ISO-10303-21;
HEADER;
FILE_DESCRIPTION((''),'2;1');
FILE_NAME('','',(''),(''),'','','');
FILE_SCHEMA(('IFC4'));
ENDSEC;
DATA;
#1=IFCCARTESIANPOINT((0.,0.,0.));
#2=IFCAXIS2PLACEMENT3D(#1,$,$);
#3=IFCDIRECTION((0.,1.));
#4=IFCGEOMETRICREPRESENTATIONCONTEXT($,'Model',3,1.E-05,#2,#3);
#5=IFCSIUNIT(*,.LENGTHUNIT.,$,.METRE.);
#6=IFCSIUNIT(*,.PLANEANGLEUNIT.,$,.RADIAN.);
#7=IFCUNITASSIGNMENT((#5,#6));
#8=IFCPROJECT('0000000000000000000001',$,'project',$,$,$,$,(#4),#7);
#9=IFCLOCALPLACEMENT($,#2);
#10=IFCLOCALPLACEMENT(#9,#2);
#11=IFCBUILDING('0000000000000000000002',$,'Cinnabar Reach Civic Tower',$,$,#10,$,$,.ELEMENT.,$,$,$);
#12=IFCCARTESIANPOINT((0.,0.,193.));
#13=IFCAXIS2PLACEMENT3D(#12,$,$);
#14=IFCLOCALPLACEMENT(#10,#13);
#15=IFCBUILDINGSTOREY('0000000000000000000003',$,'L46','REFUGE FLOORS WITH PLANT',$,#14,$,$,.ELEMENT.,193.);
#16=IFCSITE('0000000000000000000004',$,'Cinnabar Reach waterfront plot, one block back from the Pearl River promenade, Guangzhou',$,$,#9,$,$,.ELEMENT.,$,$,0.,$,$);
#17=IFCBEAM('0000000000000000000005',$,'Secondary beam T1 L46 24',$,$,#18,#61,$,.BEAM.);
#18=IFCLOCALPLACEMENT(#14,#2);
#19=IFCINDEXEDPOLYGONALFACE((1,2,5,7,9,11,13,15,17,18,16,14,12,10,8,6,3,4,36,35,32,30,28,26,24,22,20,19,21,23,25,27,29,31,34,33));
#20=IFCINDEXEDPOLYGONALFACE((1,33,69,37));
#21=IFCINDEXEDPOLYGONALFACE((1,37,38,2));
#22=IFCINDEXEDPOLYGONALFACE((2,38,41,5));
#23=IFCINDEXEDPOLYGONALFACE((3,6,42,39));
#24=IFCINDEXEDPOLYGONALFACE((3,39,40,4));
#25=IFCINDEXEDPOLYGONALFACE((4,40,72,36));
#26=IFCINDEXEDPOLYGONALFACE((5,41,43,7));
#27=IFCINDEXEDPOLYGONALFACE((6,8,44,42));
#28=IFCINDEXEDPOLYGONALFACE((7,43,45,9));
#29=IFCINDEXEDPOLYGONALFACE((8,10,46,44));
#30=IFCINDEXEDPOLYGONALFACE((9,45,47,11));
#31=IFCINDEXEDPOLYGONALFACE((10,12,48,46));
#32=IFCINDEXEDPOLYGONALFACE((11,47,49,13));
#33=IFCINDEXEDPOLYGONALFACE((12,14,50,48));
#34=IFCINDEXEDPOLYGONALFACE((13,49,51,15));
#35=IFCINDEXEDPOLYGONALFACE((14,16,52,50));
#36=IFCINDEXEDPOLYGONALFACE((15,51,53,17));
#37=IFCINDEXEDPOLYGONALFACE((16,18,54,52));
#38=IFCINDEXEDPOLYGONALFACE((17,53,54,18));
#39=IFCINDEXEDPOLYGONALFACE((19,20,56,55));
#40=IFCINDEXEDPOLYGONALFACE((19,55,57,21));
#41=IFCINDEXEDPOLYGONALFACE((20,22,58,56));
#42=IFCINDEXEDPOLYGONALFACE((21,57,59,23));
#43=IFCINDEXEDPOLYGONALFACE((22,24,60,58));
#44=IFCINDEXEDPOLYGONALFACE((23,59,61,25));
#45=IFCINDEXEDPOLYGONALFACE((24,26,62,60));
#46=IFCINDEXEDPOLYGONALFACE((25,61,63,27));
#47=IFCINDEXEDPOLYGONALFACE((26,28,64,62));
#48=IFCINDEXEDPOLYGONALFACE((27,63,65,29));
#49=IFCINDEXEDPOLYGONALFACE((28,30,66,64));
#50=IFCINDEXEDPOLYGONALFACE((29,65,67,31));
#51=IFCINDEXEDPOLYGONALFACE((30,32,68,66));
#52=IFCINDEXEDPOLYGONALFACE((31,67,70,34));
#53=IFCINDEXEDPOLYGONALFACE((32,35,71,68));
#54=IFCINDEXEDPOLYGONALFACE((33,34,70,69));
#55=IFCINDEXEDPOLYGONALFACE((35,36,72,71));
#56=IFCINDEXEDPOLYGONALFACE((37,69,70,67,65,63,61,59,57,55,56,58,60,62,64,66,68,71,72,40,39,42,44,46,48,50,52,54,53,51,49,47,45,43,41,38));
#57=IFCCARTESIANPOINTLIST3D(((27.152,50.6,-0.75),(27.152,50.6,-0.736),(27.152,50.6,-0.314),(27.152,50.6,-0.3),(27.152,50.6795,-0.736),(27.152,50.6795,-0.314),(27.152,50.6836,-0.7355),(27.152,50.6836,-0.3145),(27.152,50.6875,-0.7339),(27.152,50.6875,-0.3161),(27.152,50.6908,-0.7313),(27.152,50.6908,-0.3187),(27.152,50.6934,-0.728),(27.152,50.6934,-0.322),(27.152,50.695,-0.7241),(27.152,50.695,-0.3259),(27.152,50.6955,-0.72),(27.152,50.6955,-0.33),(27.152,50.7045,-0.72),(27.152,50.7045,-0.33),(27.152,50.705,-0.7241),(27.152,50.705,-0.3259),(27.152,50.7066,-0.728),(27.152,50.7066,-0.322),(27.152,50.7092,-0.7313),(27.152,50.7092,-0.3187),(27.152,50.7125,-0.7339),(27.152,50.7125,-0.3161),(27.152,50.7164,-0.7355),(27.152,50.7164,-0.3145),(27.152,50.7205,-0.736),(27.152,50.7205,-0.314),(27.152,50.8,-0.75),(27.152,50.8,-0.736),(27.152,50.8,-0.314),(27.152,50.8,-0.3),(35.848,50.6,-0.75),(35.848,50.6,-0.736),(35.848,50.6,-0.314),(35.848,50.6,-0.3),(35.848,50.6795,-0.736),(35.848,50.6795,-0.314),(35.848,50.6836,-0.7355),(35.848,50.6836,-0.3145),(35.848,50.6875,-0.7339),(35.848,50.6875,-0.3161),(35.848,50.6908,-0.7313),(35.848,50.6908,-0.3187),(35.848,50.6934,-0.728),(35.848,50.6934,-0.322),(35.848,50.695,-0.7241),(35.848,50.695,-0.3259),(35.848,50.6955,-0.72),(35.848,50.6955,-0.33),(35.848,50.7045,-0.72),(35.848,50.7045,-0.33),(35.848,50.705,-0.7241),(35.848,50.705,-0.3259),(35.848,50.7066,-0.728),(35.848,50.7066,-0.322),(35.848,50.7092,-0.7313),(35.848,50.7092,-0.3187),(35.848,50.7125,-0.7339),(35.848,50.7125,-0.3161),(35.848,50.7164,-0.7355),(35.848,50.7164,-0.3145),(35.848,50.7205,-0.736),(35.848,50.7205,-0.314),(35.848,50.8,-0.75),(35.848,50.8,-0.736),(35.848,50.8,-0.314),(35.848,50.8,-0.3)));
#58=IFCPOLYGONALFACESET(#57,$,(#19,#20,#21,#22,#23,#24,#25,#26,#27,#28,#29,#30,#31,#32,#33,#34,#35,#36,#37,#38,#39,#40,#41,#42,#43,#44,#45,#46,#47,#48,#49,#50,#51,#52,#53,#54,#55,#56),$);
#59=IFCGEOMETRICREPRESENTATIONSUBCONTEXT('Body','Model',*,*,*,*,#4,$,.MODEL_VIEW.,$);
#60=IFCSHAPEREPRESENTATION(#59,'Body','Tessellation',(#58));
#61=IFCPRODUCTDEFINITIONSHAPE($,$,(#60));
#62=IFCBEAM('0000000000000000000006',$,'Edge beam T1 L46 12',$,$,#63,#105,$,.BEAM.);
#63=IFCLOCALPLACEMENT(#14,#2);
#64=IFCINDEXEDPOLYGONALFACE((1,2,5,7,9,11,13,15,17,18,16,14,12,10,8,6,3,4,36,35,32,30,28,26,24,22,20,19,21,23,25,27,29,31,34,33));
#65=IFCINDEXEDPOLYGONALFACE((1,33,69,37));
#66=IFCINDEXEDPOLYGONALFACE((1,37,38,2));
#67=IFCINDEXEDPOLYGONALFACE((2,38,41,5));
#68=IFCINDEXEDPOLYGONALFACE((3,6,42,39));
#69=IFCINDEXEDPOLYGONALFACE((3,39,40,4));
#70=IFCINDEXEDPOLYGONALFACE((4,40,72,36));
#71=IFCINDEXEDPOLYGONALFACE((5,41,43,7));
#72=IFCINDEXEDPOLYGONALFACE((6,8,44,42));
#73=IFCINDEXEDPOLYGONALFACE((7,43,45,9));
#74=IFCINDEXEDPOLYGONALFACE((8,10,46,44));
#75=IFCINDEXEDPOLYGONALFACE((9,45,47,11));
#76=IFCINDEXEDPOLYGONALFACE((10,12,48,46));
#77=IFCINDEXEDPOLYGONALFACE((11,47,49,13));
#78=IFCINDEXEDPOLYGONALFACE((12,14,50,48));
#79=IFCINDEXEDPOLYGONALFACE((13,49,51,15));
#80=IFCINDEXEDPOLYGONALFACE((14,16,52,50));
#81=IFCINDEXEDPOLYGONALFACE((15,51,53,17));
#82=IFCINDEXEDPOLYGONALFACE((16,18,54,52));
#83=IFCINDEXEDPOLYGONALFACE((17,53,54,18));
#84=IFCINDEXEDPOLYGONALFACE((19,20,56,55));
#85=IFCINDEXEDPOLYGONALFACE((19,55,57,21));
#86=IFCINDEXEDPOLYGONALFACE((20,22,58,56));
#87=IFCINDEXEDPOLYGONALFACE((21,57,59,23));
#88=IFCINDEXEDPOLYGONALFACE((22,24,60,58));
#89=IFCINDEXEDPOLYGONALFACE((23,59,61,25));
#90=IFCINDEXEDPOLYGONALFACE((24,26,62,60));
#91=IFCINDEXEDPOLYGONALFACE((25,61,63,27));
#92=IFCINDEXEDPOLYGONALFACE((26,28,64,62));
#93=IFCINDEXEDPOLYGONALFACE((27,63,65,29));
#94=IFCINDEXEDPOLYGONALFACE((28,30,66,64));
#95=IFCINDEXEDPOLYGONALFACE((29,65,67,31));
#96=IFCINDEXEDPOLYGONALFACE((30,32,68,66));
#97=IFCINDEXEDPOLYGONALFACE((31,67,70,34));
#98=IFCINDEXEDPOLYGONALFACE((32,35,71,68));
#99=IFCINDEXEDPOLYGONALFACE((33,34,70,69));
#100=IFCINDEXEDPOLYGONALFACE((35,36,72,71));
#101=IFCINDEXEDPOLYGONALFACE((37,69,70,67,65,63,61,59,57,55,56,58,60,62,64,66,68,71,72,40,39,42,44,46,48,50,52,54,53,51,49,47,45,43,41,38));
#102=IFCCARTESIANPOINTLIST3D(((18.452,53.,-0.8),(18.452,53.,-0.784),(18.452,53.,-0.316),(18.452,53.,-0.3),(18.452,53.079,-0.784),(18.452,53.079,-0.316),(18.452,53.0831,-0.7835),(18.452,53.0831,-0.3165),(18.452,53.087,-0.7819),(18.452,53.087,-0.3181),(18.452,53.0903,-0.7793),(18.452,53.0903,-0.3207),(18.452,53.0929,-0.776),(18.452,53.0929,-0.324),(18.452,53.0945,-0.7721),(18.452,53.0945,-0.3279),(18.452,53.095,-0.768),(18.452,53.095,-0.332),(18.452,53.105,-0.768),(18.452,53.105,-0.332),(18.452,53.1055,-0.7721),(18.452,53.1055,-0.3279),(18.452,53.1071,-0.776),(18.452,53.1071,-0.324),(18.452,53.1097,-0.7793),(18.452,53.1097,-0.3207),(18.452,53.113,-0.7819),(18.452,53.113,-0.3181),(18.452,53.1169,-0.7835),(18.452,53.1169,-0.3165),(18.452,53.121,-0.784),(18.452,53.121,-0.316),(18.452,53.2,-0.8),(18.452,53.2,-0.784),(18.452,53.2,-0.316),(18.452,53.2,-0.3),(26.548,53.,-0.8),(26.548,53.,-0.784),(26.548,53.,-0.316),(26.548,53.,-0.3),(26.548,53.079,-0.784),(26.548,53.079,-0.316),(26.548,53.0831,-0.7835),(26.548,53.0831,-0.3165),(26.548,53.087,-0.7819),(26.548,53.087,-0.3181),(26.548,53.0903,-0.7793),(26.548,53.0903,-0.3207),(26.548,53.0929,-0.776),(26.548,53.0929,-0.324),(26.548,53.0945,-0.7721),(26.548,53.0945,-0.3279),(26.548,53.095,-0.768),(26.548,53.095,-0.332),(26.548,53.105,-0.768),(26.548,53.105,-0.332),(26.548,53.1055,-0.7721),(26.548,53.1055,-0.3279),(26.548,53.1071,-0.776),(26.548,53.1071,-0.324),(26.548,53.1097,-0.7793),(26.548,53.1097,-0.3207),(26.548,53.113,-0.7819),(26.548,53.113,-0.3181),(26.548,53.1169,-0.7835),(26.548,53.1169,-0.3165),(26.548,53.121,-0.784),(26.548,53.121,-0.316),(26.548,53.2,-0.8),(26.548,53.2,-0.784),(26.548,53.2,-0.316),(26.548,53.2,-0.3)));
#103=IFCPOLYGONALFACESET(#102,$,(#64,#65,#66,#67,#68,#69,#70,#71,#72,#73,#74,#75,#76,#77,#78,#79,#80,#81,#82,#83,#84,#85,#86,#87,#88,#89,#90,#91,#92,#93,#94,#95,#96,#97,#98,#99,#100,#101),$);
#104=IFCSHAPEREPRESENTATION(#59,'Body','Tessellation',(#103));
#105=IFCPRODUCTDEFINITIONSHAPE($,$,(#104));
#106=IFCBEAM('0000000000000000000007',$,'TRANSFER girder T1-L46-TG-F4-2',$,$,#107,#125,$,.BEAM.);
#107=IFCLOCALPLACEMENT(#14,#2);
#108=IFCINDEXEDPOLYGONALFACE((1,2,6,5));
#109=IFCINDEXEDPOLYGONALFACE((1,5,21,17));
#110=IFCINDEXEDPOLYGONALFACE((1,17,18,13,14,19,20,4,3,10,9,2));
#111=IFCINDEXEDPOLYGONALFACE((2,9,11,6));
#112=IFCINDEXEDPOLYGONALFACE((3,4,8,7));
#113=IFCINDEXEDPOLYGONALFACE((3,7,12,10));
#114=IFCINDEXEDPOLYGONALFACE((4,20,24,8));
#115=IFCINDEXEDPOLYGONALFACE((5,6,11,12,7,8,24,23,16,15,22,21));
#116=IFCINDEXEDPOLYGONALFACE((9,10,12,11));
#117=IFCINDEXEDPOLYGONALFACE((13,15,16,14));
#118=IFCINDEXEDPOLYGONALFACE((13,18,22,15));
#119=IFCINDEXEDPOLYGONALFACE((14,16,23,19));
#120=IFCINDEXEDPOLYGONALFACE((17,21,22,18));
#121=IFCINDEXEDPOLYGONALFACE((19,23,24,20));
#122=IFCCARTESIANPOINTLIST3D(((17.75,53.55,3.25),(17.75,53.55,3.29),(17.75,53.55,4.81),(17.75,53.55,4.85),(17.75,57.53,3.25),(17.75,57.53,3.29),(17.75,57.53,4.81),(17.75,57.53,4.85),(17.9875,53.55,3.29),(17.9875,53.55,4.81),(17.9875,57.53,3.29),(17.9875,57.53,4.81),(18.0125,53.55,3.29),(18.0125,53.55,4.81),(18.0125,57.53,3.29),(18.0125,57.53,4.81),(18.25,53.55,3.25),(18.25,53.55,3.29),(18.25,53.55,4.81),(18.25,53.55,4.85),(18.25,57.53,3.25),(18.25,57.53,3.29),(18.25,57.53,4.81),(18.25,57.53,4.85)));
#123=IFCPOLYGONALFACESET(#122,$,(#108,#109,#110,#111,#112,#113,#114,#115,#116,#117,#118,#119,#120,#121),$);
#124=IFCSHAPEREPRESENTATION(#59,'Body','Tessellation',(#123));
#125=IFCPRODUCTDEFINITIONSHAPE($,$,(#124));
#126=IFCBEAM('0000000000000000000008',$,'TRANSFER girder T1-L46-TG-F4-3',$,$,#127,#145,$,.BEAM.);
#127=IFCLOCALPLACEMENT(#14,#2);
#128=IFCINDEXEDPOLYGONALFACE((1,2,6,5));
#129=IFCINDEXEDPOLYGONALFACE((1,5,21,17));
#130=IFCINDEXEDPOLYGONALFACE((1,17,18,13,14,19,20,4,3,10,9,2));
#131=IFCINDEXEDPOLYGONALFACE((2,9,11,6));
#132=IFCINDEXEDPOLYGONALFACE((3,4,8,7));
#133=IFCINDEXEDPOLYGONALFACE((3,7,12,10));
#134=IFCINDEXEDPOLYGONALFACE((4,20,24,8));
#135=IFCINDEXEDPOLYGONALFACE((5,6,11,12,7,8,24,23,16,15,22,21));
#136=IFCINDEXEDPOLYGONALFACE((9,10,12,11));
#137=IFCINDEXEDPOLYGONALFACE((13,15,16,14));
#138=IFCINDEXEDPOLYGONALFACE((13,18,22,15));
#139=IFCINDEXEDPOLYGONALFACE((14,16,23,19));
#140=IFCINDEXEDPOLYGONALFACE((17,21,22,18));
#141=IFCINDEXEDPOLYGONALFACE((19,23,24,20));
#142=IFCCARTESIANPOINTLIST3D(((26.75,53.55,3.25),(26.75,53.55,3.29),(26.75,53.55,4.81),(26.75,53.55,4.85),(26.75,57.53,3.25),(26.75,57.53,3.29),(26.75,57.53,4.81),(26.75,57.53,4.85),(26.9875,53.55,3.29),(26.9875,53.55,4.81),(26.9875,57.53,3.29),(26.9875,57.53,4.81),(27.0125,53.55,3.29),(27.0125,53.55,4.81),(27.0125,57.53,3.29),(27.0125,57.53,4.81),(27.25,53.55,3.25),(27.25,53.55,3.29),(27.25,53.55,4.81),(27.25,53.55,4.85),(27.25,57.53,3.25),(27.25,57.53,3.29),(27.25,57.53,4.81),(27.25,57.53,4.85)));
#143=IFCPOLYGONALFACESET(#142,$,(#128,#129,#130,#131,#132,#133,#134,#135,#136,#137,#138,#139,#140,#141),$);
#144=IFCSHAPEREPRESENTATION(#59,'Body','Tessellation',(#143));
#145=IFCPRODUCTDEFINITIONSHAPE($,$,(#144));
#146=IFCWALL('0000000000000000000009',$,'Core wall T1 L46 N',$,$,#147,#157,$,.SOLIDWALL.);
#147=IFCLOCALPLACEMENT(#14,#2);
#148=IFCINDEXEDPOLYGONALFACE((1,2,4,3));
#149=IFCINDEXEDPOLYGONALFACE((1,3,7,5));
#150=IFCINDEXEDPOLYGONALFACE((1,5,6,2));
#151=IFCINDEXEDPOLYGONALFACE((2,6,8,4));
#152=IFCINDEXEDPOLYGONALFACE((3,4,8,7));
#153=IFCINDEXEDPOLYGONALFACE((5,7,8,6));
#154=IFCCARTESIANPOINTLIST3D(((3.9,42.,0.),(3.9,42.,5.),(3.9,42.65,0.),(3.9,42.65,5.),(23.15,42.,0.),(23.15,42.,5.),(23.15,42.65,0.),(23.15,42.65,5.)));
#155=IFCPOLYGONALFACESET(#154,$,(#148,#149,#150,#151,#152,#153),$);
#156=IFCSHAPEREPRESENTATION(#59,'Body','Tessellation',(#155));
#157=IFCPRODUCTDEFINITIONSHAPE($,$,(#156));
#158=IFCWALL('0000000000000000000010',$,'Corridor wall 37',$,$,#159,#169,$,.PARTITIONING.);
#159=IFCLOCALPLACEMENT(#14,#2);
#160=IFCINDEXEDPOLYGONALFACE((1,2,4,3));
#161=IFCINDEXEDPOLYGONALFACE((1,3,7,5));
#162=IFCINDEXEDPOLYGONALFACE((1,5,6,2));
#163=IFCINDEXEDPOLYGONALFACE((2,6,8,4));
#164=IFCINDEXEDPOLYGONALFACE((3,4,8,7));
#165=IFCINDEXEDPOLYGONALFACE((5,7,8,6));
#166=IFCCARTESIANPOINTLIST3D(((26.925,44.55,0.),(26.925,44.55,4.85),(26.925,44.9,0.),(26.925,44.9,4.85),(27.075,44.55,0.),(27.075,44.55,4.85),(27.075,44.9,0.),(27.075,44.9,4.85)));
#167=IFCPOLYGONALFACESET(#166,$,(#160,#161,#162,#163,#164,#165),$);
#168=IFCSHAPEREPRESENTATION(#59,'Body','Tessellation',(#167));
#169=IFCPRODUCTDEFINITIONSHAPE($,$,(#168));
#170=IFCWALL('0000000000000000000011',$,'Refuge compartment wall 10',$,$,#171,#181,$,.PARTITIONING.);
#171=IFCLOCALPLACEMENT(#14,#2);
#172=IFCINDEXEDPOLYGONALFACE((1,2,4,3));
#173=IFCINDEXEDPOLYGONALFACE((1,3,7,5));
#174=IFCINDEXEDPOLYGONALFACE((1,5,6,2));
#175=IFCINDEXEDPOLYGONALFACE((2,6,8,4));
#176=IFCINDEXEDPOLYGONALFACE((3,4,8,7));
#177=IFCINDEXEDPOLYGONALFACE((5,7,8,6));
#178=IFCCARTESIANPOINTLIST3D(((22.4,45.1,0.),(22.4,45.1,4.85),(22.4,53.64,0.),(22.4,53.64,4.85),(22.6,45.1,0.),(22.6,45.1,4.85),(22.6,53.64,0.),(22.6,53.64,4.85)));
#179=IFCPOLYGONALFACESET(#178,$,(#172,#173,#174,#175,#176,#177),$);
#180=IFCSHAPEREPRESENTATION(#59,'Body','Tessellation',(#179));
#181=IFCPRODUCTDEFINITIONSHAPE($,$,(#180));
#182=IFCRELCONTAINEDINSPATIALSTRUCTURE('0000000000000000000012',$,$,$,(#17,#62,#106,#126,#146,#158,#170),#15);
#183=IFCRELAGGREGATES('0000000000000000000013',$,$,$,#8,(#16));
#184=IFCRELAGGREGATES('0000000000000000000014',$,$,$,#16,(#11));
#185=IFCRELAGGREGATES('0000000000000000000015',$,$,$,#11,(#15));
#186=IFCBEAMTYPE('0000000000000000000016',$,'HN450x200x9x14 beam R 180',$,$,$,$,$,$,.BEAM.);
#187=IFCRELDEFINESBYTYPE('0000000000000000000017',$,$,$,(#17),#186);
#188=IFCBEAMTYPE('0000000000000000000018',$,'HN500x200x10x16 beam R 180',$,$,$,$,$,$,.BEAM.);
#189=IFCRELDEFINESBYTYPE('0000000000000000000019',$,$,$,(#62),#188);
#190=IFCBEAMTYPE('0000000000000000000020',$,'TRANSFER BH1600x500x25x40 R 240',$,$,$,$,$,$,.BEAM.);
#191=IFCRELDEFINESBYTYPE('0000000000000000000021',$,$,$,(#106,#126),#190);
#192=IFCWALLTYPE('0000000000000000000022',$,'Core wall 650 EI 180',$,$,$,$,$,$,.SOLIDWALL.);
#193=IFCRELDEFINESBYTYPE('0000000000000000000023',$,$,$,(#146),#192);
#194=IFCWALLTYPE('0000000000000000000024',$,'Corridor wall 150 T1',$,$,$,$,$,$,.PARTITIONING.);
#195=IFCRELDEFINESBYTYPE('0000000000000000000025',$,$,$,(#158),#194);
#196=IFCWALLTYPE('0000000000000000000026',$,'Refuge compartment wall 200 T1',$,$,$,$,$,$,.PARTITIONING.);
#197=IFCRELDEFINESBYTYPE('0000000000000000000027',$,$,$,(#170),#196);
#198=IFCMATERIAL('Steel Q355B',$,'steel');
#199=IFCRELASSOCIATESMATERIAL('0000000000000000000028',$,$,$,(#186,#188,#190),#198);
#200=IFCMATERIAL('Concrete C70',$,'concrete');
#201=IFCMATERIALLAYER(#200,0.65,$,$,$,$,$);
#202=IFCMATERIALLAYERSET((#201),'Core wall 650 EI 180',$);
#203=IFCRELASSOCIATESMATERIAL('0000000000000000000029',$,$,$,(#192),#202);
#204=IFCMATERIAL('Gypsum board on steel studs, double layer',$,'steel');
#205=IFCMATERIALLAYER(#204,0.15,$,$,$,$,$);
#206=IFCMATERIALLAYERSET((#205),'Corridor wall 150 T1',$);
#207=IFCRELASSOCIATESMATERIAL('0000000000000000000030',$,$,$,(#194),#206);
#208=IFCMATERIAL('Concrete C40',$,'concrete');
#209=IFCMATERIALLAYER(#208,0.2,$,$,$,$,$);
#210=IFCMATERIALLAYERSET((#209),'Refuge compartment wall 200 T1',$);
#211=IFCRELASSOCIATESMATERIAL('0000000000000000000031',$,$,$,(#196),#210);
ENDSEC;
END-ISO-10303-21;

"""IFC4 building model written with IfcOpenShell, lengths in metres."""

from ifc_helpers import new_model, si_unit, direction, frame, frame_2d, origin, origin_2d, place, context, subcontext, project, spatial, rectangle, i_section, extrude, material, layer, layer_set, material_profile, profile_set, type_object, element, save


model = new_model("IFC4")

# Units and contexts
model_context = context("Model", 3, precision=1e-05, world=origin(), true_north=direction((0.0, 1.0)))
body_context = subcontext(model_context, "Body", "Model", "MODEL_VIEW")
ifc_project = project(units=[si_unit("LENGTHUNIT", "METRE"), si_unit("PLANEANGLEUNIT", "RADIAN")], contexts=[model_context])

# Site, building, storey
site_placement = place(None, origin())
site = spatial("IfcSite", under=ifc_project, at=site_placement, Name="Cinnabar Reach waterfront plot, one block back from the Pearl River promenade, Guangzhou", CompositionType="ELEMENT", RefElevation=0.0)
building_placement = place(site_placement, origin())
building = spatial("IfcBuilding", under=site, at=building_placement, Name="Cinnabar Reach Civic Tower", CompositionType="ELEMENT")
storey_placement = place(building_placement, frame((0.0, 0.0, 193.0)))
storey = spatial("IfcBuildingStorey", under=building, at=storey_placement, Name="L46", Description="REFUGE FLOORS WITH PLANT", CompositionType="ELEMENT", Elevation=193.0)

# Shared definitions
ifc_material_1 = material(Name="Concrete C70", Category="concrete")

# Beams
ifc_material_2 = material(Name="Steel Q355B", Category="steel")
ifc_material_profile_1 = material_profile(ifc_material_2, i_section(OverallWidth=0.2, OverallDepth=0.45, WebThickness=0.009, FlangeThickness=0.014, FilletRadius=0.016, at=origin_2d()), Name="HN450x200x9x14")
ifc_profile_set_1 = profile_set([ifc_material_profile_1], Name="Steel Q355B")
beam_type_1 = type_object("IfcBeamType", Name="HN450x200x9x14 beam R 180", PredefinedType="BEAM", material=ifc_profile_set_1)
for number, where, z_axis, x_axis, name in (
    (1, (27.152, 50.7, -0.525), (1.0, 0.0, 0.0), (0.0, 1.0, 0.0), "Secondary beam T1 L46 24"),
):
    element("IfcBeam", number, at=place(storey_placement, frame(where, z_axis=z_axis, x_axis=x_axis)), inside=storey, type_object=beam_type_1, Name=name, PredefinedType="BEAM", context=body_context, shape_type="SweptSolid", body=[
        extrude(i_section(OverallWidth=0.2, OverallDepth=0.45, WebThickness=0.009, FlangeThickness=0.014, FilletRadius=0.016, at=origin_2d()), origin(), (0.0, 0.0, 1.0), 8.696),
    ])
ifc_material_profile_2 = material_profile(ifc_material_2, i_section(OverallWidth=0.2, OverallDepth=0.5, WebThickness=0.01, FlangeThickness=0.016, FilletRadius=0.016, at=origin_2d()), Name="HN500x200x10x16")
ifc_profile_set_2 = profile_set([ifc_material_profile_2], Name="Steel Q355B")
beam_type_2 = type_object("IfcBeamType", Name="HN500x200x10x16 beam R 180", PredefinedType="BEAM", material=ifc_profile_set_2)
beam_1_placement = place(storey_placement, frame((26.548, 53.1, -0.55), z_axis=(-1.0, 0.0, 0.0), x_axis=(0.0, -1.0, 0.0)))
element("IfcBeam", 2, at=beam_1_placement, inside=storey, type_object=beam_type_2, Name="Edge beam T1 L46 12", PredefinedType="BEAM", context=body_context, shape_type="SweptSolid", body=[
    extrude(i_section(OverallWidth=0.2, OverallDepth=0.5, WebThickness=0.01, FlangeThickness=0.016, FilletRadius=0.016, at=origin_2d()), origin(), (0.0, 0.0, 1.0), 8.096),
])
ifc_material_profile_3 = material_profile(ifc_material_2, i_section(OverallWidth=0.5, OverallDepth=1.6, WebThickness=0.025, FlangeThickness=0.04, at=origin_2d()), Name="BH1600x500x25x40")
ifc_profile_set_3 = profile_set([ifc_material_profile_3], Name="Steel Q355B")
beam_type_3 = type_object("IfcBeamType", Name="TRANSFER BH1600x500x25x40 R 240", PredefinedType="BEAM", material=ifc_profile_set_3)
for number, where, z_axis, x_axis, name in (
    (3, (18.0, 53.55, 4.05), (0.0, 1.0, 0.0), (-1.0, 0.0, 0.0), "TRANSFER girder T1-L46-TG-F4-2"),
    (4, (27.0, 53.55, 4.05), (0.0, 1.0, 0.0), (-1.0, 0.0, 0.0), "TRANSFER girder T1-L46-TG-F4-3"),
):
    element("IfcBeam", number, at=place(storey_placement, frame(where, z_axis=z_axis, x_axis=x_axis)), inside=storey, type_object=beam_type_3, Name=name, PredefinedType="BEAM", context=body_context, shape_type="SweptSolid", body=[
        extrude(i_section(OverallWidth=0.5, OverallDepth=1.6, WebThickness=0.025, FlangeThickness=0.04, at=origin_2d()), origin(), (0.0, 0.0, 1.0), 3.98),
    ])

# Walls
ifc_layer_1 = layer(ifc_material_1, 0.65)
ifc_layer_set_1 = layer_set([ifc_layer_1], Name="Core wall 650 EI 180")
wall_type_1 = type_object("IfcWallType", Name="Core wall 650 EI 180", PredefinedType="SOLIDWALL", material=ifc_layer_set_1)
wall_1_placement = place(storey_placement, frame((23.15, 42.325, 0.0), z_axis=(0.0, 0.0, 1.0), x_axis=(-1.0, 0.0, 0.0)))
element("IfcWall", 5, at=wall_1_placement, inside=storey, type_object=wall_type_1, Name="Core wall T1 L46 N", PredefinedType="SOLIDWALL", context=body_context, shape_type="SweptSolid", body=[
    extrude(rectangle(XDim=19.25, YDim=0.65, at=frame_2d((9.625, 0.0))), origin(), (0.0, 0.0, 1.0), 5.0),
])
ifc_material_3 = material(Name="Gypsum board on steel studs, double layer", Category="steel")
ifc_layer_2 = layer(ifc_material_3, 0.15)
ifc_layer_set_2 = layer_set([ifc_layer_2], Name="Corridor wall 150 T1")
wall_type_2 = type_object("IfcWallType", Name="Corridor wall 150 T1", PredefinedType="PARTITIONING", material=ifc_layer_set_2)
wall_2_placement = place(storey_placement, frame((27.0, 44.55, 0.0), z_axis=(0.0, 0.0, 1.0), x_axis=(0.0, 1.0, 0.0)))
element("IfcWall", 6, at=wall_2_placement, inside=storey, type_object=wall_type_2, Name="Corridor wall 37", PredefinedType="PARTITIONING", context=body_context, shape_type="SweptSolid", body=[
    extrude(rectangle(XDim=0.35, YDim=0.15, at=frame_2d((0.175, 0.0))), origin(), (0.0, 0.0, 1.0), 4.85),
])
ifc_material_4 = material(Name="Concrete C40", Category="concrete")
ifc_layer_3 = layer(ifc_material_4, 0.2)
ifc_layer_set_3 = layer_set([ifc_layer_3], Name="Refuge compartment wall 200 T1")
wall_type_3 = type_object("IfcWallType", Name="Refuge compartment wall 200 T1", PredefinedType="PARTITIONING", material=ifc_layer_set_3)
wall_3_placement = place(storey_placement, frame((22.5, 45.1, 0.0), z_axis=(0.0, 0.0, 1.0), x_axis=(0.0, 1.0, 0.0)))
element("IfcWall", 7, at=wall_3_placement, inside=storey, type_object=wall_type_3, Name="Refuge compartment wall 10", PredefinedType="PARTITIONING", context=body_context, shape_type="SweptSolid", body=[
    extrude(rectangle(XDim=8.54, YDim=0.2, at=frame_2d((4.27, 0.0))), origin(), (0.0, 0.0, 1.0), 4.85),
])

save(model, "model.ifc")
